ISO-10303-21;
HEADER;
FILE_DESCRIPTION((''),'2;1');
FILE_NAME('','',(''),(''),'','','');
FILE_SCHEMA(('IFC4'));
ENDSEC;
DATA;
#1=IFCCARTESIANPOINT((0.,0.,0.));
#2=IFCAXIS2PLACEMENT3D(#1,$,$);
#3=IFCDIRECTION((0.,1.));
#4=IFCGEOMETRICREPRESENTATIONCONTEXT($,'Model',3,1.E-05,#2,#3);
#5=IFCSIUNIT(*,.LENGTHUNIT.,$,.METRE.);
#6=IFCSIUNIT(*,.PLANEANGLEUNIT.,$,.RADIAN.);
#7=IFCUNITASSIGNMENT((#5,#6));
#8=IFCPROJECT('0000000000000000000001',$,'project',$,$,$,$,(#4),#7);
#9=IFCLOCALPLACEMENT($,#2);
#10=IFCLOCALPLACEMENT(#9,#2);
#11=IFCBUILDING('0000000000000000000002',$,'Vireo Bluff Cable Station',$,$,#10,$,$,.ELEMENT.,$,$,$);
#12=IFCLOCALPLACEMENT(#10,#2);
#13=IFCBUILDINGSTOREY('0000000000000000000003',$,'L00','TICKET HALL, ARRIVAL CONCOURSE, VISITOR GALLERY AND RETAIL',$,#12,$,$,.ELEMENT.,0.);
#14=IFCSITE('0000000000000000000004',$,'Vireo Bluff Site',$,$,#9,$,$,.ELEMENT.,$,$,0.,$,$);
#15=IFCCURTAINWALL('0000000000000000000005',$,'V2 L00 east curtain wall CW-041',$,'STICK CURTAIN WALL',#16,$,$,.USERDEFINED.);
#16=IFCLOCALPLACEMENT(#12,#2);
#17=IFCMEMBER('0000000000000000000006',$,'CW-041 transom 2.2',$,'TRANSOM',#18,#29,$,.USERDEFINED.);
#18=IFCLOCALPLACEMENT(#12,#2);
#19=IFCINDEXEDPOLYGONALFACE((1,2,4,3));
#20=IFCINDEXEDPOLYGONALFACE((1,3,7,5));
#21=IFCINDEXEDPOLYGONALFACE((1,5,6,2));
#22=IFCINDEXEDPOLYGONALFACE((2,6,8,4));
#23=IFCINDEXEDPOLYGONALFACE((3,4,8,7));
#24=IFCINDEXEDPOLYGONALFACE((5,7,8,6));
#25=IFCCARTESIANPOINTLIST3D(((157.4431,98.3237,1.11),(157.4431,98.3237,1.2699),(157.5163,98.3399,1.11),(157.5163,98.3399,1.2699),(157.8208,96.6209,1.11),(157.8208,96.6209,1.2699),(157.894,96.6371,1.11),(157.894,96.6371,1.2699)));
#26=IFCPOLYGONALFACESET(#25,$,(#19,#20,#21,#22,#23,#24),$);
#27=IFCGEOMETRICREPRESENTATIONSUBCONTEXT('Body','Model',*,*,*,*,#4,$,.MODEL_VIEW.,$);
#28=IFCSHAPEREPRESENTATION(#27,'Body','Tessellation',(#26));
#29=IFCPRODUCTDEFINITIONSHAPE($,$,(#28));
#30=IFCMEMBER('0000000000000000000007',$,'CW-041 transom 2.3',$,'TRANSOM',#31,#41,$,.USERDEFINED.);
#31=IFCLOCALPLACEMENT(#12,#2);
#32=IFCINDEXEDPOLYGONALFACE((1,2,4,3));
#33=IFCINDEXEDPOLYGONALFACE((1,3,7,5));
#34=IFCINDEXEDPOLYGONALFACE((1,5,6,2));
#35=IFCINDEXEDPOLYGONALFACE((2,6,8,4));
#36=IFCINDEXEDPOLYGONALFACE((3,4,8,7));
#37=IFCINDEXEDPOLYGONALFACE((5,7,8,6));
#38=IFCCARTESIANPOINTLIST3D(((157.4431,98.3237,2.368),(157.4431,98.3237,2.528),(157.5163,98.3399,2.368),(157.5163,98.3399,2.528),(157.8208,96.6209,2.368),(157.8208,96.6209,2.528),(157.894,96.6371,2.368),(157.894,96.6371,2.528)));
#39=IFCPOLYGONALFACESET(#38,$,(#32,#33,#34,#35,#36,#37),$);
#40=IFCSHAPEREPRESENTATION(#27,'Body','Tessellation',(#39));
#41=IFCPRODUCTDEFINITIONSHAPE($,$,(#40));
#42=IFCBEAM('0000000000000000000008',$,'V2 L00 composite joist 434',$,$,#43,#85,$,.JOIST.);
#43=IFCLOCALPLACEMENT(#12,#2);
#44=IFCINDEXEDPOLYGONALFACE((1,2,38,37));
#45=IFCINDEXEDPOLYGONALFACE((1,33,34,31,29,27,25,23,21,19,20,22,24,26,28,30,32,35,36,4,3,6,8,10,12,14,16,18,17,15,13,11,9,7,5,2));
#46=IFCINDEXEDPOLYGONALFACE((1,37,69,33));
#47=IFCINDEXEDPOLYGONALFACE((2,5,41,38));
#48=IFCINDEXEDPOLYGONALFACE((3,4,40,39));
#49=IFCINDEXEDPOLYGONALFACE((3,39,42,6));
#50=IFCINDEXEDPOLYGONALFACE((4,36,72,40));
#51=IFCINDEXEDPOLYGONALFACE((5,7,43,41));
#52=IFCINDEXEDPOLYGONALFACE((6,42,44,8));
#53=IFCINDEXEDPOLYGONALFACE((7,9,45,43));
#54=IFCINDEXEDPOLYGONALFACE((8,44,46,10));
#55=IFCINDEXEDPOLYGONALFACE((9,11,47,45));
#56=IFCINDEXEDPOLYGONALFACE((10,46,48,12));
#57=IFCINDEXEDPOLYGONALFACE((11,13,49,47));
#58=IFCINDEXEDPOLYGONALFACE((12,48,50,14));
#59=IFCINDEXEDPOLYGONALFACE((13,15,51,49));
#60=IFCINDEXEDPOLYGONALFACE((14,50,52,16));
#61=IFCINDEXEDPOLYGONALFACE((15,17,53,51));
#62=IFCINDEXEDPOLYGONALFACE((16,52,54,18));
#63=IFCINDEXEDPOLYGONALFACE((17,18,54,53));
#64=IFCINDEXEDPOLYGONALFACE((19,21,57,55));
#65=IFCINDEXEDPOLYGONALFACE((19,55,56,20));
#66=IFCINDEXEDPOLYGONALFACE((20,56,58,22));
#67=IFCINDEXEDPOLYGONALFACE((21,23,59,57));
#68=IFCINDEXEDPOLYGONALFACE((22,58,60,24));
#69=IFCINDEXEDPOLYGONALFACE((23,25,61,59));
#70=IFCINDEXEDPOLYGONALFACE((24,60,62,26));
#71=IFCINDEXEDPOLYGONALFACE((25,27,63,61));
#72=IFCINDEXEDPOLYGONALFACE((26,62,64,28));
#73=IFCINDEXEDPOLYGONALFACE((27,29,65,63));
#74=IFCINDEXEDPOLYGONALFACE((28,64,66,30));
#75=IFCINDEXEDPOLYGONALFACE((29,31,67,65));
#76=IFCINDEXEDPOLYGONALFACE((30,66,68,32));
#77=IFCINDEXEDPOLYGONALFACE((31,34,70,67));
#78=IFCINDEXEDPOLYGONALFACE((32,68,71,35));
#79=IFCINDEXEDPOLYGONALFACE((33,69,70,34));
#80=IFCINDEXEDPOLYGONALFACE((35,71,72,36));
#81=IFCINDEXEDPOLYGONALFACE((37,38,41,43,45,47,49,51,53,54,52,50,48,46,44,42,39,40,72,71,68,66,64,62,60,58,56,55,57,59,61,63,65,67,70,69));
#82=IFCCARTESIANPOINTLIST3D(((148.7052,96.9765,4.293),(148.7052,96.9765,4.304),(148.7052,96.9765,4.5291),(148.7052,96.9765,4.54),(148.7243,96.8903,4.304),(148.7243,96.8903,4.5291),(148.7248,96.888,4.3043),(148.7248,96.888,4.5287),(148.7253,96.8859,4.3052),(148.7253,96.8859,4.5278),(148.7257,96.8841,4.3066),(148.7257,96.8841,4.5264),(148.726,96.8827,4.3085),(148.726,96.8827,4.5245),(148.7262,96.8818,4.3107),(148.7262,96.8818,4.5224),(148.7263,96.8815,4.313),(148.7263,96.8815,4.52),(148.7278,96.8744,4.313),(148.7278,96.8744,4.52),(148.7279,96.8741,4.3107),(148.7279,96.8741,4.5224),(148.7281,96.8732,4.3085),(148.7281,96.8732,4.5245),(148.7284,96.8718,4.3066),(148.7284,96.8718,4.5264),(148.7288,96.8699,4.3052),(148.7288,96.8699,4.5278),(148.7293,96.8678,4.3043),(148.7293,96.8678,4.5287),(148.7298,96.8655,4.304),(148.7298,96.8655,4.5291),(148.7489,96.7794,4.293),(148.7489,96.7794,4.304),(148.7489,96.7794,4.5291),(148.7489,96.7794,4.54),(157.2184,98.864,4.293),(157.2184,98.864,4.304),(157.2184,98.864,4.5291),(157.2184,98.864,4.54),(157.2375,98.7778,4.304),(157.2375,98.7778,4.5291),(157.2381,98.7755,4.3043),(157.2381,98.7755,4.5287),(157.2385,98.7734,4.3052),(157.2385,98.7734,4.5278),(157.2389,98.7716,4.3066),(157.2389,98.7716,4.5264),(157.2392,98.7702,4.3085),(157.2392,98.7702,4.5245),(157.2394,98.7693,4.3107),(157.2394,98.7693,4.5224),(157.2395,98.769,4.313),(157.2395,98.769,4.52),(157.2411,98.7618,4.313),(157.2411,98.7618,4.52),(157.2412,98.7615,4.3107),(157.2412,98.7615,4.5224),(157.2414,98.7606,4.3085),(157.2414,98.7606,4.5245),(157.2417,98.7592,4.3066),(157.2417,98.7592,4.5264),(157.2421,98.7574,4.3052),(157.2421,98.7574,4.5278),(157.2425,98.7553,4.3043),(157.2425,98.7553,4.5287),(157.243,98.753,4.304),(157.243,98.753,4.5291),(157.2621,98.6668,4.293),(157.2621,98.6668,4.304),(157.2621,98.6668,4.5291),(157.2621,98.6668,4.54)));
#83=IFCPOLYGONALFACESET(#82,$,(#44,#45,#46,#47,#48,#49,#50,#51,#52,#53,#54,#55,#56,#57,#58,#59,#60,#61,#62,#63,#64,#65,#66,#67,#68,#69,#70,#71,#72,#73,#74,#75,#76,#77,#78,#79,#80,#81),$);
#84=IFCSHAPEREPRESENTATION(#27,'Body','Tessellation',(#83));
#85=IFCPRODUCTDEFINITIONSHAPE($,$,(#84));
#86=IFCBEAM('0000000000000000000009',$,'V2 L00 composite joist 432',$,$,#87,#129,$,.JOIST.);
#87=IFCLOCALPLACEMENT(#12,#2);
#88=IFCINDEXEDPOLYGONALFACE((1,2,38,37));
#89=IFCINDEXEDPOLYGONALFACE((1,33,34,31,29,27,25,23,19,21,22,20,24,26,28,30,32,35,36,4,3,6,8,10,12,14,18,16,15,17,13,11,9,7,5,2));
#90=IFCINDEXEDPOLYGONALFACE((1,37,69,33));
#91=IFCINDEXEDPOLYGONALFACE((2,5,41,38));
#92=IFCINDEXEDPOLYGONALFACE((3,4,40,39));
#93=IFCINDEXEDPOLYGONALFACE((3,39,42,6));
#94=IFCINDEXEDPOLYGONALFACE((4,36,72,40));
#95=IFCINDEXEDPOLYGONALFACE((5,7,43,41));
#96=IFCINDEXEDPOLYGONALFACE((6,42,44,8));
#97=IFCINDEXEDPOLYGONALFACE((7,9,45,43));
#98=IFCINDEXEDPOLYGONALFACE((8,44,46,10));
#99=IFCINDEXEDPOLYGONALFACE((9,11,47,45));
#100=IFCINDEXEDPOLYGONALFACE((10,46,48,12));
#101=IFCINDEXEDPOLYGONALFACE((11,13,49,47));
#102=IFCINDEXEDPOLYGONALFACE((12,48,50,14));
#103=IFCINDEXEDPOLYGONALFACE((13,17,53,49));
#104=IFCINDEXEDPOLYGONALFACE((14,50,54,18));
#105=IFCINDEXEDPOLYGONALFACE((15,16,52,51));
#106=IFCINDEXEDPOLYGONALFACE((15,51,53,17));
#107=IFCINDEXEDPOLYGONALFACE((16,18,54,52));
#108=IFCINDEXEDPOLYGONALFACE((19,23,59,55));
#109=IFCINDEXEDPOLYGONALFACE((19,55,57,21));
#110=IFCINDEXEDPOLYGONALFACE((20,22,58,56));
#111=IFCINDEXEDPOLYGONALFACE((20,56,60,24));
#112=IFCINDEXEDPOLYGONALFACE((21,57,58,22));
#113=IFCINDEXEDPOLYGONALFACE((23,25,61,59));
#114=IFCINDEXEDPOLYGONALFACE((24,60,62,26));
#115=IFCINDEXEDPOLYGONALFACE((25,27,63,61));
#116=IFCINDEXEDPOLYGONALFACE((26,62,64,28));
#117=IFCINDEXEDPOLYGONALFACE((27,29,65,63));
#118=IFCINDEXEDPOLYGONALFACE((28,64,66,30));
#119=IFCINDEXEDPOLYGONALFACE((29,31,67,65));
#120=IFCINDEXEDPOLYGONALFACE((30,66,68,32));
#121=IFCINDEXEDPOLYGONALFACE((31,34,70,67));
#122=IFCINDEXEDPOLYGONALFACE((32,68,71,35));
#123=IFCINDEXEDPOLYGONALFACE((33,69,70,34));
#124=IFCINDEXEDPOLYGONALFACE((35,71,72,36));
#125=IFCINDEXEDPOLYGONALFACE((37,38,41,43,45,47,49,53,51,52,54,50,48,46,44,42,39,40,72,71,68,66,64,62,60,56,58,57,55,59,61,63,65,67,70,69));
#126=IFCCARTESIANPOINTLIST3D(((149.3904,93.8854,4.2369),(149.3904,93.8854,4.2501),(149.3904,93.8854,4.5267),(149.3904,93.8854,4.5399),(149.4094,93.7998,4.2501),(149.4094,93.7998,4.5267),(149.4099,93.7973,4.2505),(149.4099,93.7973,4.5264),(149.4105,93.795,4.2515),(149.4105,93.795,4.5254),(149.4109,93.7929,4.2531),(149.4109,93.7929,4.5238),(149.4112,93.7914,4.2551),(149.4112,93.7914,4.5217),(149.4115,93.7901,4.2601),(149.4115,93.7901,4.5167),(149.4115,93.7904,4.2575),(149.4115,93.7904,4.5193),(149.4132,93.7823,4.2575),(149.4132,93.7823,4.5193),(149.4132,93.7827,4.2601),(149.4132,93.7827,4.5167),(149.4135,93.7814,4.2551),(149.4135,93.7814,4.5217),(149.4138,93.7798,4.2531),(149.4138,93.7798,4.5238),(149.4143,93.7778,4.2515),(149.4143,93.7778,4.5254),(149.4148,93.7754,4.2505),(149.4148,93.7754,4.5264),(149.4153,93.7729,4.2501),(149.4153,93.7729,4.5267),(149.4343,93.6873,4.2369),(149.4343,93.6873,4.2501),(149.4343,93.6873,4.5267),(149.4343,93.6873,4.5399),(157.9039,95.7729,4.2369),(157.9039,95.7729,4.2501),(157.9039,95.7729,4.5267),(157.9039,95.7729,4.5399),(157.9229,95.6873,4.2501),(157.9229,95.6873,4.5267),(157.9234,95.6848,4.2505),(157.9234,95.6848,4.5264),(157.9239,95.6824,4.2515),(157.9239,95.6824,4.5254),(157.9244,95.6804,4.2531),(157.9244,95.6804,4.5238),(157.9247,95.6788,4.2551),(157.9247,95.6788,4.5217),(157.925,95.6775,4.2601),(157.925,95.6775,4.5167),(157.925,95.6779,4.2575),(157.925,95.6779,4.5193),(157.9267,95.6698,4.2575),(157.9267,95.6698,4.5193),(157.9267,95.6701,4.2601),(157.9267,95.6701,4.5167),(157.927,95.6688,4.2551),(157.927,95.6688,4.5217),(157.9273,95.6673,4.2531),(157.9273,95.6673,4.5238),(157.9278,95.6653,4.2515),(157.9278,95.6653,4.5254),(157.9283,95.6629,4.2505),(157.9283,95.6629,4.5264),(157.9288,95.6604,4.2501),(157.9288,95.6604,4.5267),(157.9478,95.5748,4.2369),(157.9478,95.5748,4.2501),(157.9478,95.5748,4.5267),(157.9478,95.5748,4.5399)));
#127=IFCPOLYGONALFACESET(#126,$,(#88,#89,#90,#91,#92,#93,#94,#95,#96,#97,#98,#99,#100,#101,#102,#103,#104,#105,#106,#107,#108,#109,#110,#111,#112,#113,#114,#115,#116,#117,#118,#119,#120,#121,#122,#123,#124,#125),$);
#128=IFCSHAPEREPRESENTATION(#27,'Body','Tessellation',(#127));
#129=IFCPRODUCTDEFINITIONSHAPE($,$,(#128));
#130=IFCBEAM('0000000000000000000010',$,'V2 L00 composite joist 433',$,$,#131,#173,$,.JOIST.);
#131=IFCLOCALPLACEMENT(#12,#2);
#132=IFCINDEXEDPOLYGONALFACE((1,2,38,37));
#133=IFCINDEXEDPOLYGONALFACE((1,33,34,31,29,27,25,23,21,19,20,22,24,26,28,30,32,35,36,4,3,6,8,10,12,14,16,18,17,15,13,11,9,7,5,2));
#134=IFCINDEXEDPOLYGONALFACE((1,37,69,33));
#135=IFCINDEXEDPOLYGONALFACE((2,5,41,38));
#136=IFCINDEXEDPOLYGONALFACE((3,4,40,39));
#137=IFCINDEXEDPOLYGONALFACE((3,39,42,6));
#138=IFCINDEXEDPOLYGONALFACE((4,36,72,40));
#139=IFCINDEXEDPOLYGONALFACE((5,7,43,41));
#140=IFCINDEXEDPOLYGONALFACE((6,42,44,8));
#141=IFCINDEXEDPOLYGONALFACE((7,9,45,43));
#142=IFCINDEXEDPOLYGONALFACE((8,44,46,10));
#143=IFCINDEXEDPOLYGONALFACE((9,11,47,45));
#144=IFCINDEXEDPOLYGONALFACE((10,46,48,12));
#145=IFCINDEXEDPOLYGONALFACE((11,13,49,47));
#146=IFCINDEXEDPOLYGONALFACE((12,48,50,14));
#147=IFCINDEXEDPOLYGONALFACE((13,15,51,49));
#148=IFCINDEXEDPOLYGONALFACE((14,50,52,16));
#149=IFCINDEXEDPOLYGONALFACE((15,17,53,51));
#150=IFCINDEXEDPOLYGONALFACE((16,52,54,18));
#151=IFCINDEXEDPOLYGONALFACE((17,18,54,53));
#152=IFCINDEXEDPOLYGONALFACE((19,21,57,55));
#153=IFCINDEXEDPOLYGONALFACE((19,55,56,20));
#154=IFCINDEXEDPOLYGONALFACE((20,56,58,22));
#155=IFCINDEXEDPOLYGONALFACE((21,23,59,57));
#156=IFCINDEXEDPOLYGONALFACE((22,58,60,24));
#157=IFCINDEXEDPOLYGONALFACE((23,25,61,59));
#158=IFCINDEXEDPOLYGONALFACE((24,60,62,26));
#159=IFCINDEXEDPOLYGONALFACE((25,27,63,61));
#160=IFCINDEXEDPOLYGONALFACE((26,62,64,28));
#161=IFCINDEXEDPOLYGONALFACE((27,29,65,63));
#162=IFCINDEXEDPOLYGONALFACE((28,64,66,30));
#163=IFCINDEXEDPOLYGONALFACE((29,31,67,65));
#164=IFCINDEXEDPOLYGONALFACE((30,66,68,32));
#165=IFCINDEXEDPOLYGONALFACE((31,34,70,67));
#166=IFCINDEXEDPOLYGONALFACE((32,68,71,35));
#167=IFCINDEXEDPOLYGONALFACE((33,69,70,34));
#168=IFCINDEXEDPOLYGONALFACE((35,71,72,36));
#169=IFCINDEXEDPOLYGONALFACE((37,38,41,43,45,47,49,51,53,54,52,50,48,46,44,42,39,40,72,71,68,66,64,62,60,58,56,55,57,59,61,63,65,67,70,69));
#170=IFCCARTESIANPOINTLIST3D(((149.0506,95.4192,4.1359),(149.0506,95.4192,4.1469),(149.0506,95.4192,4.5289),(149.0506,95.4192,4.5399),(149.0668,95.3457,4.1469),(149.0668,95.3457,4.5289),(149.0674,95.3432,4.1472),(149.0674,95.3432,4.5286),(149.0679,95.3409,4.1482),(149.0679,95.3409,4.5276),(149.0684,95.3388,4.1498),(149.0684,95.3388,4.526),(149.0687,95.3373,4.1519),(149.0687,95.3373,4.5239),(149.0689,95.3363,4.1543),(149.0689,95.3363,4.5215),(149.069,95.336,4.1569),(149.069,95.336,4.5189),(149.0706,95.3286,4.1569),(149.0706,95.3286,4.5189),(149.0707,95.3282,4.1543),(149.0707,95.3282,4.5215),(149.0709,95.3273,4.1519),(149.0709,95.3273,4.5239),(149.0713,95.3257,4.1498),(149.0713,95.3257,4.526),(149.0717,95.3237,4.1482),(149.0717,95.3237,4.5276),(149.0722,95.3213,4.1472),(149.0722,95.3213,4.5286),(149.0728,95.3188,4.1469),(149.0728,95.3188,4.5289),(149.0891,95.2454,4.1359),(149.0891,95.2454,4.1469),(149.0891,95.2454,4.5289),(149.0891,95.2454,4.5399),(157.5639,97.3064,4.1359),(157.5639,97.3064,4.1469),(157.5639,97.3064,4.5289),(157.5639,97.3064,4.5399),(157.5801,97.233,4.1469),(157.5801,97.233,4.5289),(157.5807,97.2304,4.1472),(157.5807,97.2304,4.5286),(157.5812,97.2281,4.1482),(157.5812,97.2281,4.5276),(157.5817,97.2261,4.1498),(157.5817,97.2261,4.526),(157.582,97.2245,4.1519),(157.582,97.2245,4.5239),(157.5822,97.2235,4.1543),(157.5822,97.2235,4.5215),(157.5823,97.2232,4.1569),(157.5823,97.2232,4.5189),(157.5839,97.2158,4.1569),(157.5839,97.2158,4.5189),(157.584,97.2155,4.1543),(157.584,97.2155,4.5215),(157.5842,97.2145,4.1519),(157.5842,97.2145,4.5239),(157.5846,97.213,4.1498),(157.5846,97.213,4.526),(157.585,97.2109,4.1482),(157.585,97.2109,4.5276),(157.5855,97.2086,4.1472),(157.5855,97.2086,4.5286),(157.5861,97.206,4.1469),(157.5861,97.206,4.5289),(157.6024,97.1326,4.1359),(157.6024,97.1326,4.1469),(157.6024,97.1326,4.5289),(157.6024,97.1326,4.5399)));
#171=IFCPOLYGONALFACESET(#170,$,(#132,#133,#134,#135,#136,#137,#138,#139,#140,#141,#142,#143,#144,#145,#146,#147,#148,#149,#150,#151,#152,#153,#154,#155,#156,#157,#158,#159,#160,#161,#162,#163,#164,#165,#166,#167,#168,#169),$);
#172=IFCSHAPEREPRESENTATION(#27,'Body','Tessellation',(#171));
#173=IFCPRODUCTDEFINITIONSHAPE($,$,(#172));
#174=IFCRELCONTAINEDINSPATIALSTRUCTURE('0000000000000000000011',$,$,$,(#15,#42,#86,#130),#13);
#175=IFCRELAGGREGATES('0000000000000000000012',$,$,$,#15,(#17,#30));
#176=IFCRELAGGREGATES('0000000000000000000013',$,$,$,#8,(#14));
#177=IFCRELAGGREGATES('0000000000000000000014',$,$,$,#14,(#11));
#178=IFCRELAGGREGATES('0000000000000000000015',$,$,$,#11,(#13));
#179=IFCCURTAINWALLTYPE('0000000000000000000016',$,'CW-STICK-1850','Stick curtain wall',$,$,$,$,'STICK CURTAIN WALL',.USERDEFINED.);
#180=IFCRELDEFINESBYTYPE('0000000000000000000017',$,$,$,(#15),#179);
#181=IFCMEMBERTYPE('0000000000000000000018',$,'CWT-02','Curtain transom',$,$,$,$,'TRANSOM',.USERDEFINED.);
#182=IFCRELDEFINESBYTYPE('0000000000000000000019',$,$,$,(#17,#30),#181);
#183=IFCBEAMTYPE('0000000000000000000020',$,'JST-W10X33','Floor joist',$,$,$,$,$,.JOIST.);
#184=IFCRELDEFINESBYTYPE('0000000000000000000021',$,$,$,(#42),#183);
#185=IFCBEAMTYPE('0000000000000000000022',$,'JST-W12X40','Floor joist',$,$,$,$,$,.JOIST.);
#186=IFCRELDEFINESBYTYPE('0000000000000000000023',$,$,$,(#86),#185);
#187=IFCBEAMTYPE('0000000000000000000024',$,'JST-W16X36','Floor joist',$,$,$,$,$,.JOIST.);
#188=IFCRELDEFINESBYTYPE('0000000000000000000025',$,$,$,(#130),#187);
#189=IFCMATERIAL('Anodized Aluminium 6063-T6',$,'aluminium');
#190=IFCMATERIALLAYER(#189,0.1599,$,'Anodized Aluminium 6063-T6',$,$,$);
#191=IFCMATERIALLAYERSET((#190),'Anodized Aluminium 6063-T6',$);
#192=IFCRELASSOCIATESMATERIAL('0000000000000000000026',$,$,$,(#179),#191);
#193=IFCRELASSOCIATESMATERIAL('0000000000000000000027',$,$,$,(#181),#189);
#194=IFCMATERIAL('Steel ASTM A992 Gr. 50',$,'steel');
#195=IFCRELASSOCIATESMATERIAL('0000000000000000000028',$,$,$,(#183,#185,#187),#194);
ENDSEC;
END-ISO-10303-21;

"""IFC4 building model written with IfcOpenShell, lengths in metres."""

from ifc_helpers import new_model, si_unit, direction, frame, origin, origin_2d, place, context, subcontext, project, spatial, rectangle, i_section, extrude, material, layer, layer_set, material_profile, profile_set, type_object, element, aggregate, save


model = new_model("IFC4")

# Units and contexts
model_context = context("Model", 3, precision=1e-05, world=origin(), true_north=direction((0.0, 1.0)))
body_context = subcontext(model_context, "Body", "Model", "MODEL_VIEW")
ifc_project = project(units=[si_unit("LENGTHUNIT", "METRE"), si_unit("PLANEANGLEUNIT", "RADIAN")], contexts=[model_context])

# Site, building, storey
site_placement = place(None, origin())
site = spatial("IfcSite", under=ifc_project, at=site_placement, Name="Vireo Bluff Site", CompositionType="ELEMENT", RefElevation=0.0)
building_placement = place(site_placement, origin())
building = spatial("IfcBuilding", under=site, at=building_placement, Name="Vireo Bluff Cable Station", CompositionType="ELEMENT")
storey_placement = place(building_placement, origin())
storey = spatial("IfcBuildingStorey", under=building, at=storey_placement, Name="L00", Description="TICKET HALL, ARRIVAL CONCOURSE, VISITOR GALLERY AND RETAIL", CompositionType="ELEMENT", Elevation=0.0)

# Shared definitions
ifc_material_1 = material(Name="Steel ASTM A992 Gr. 50", Category="steel")

# Curtain wall, members
ifc_material_2 = material(Name="Anodized Aluminium 6063-T6", Category="aluminium")
ifc_layer_1 = layer(ifc_material_2, 0.1599, Name="Anodized Aluminium 6063-T6")
ifc_layer_set_1 = layer_set([ifc_layer_1], Name="Anodized Aluminium 6063-T6")
curtain_wall_type = type_object("IfcCurtainWallType", Name="CW-STICK-1850", Description="Stick curtain wall", ElementType="STICK CURTAIN WALL", PredefinedType="USERDEFINED", material=ifc_layer_set_1)
curtain_wall_placement = place(storey_placement, origin())
curtain_wall = element("IfcCurtainWall", 1, at=curtain_wall_placement, inside=storey, type_object=curtain_wall_type, Name="V2 L00 east curtain wall CW-041", ObjectType="STICK CURTAIN WALL", PredefinedType="USERDEFINED")
ifc_material_profile_1 = material_profile(ifc_material_2, rectangle(XDim=0.075, YDim=0.1599, at=origin_2d()), Name="ALU-T-75X160")
ifc_profile_set_1 = profile_set([ifc_material_profile_1], Name="Anodized Aluminium 6063-T6")
member_type_1 = type_object("IfcMemberType", Name="CWT-02", Description="Curtain transom", ElementType="TRANSOM", PredefinedType="USERDEFINED", material=ifc_profile_set_1)
member_1_placement = place(storey_placement, frame((157.4797, 98.3318, 1.1899), z_axis=(0.21653, -0.976276, 0.0), x_axis=(0.976276, 0.21653, 0.0)))
member_1 = element("IfcMember", 2, at=member_1_placement, type_object=member_type_1, Name="CW-041 transom 2.2", ObjectType="TRANSOM", PredefinedType="USERDEFINED", context=body_context, shape_type="SweptSolid", body=[
    extrude(rectangle(XDim=0.075, YDim=0.1599, at=origin_2d()), origin(), (0.0, 0.0, 1.0), 1.7441),
])
member_2_placement = place(storey_placement, frame((157.4797, 98.3318, 2.448), z_axis=(0.21653, -0.976276, 0.0), x_axis=(0.976276, 0.21653, 0.0)))
member_2 = element("IfcMember", 3, at=member_2_placement, type_object=member_type_1, Name="CW-041 transom 2.3", ObjectType="TRANSOM", PredefinedType="USERDEFINED", context=body_context, shape_type="SweptSolid", body=[
    extrude(rectangle(XDim=0.075, YDim=0.1599, at=origin_2d()), origin(), (0.0, 0.0, 1.0), 1.7441),
])

# Beams
ifc_material_profile_2 = material_profile(ifc_material_1, i_section(OverallWidth=0.2019, OverallDepth=0.2471, WebThickness=0.0073, FlangeThickness=0.011, FilletRadius=0.009, at=origin_2d()), Name="W10X33")
ifc_profile_set_2 = profile_set([ifc_material_profile_2], Name="Steel ASTM A992 Gr. 50")
beam_type_1 = type_object("IfcBeamType", Name="JST-W10X33", Description="Floor joist", PredefinedType="JOIST", material=ifc_profile_set_2)
beam_1_placement = place(storey_placement, frame((148.7271, 96.8779, 4.4165), z_axis=(0.976293, 0.216453, 0.0), x_axis=(-0.216453, 0.976293, 0.0)))
element("IfcBeam", 4, at=beam_1_placement, inside=storey, type_object=beam_type_1, Name="V2 L00 composite joist 434", PredefinedType="JOIST", context=body_context, shape_type="SweptSolid", body=[
    extrude(i_section(OverallWidth=0.2019, OverallDepth=0.2471, WebThickness=0.0073, FlangeThickness=0.011, FilletRadius=0.009, at=origin_2d()), origin(), (0.0, 0.0, 1.0), 8.72),
])
ifc_material_profile_3 = material_profile(ifc_material_1, i_section(OverallWidth=0.2029, OverallDepth=0.303, WebThickness=0.0076, FlangeThickness=0.0132, FilletRadius=0.01, at=origin_2d()), Name="W12X40")
ifc_profile_set_3 = profile_set([ifc_material_profile_3], Name="Steel ASTM A992 Gr. 50")
beam_type_2 = type_object("IfcBeamType", Name="JST-W12X40", Description="Floor joist", PredefinedType="JOIST", material=ifc_profile_set_3)
beam_2_placement = place(storey_placement, frame((149.4124, 93.7864, 4.3884), z_axis=(0.976294, 0.216447, 0.0), x_axis=(-0.216447, 0.976294, 0.0)))
element("IfcBeam", 5, at=beam_2_placement, inside=storey, type_object=beam_type_2, Name="V2 L00 composite joist 432", PredefinedType="JOIST", context=body_context, shape_type="SweptSolid", body=[
    extrude(i_section(OverallWidth=0.2029, OverallDepth=0.303, WebThickness=0.0076, FlangeThickness=0.0132, FilletRadius=0.01, at=origin_2d()), origin(), (0.0, 0.0, 1.0), 8.7202),
])
ifc_material_profile_4 = material_profile(ifc_material_1, i_section(OverallWidth=0.178, OverallDepth=0.4041, WebThickness=0.0076, FlangeThickness=0.011, FilletRadius=0.01, at=origin_2d()), Name="W16X36")
ifc_profile_set_4 = profile_set([ifc_material_profile_4], Name="Steel ASTM A992 Gr. 50")
beam_type_3 = type_object("IfcBeamType", Name="JST-W16X36", Description="Floor joist", PredefinedType="JOIST", material=ifc_profile_set_4)
beam_3_placement = place(storey_placement, frame((149.0698, 95.3323, 4.3379), z_axis=(0.976299, 0.216426, 0.0), x_axis=(-0.216426, 0.976299, 0.0)))
element("IfcBeam", 6, at=beam_3_placement, inside=storey, type_object=beam_type_3, Name="V2 L00 composite joist 433", PredefinedType="JOIST", context=body_context, shape_type="SweptSolid", body=[
    extrude(i_section(OverallWidth=0.178, OverallDepth=0.4041, WebThickness=0.0076, FlangeThickness=0.011, FilletRadius=0.01, at=origin_2d()), origin(), (0.0, 0.0, 1.0), 8.72),
])

aggregate(curtain_wall, [member_1, member_2])

save(model, "model.ifc")
